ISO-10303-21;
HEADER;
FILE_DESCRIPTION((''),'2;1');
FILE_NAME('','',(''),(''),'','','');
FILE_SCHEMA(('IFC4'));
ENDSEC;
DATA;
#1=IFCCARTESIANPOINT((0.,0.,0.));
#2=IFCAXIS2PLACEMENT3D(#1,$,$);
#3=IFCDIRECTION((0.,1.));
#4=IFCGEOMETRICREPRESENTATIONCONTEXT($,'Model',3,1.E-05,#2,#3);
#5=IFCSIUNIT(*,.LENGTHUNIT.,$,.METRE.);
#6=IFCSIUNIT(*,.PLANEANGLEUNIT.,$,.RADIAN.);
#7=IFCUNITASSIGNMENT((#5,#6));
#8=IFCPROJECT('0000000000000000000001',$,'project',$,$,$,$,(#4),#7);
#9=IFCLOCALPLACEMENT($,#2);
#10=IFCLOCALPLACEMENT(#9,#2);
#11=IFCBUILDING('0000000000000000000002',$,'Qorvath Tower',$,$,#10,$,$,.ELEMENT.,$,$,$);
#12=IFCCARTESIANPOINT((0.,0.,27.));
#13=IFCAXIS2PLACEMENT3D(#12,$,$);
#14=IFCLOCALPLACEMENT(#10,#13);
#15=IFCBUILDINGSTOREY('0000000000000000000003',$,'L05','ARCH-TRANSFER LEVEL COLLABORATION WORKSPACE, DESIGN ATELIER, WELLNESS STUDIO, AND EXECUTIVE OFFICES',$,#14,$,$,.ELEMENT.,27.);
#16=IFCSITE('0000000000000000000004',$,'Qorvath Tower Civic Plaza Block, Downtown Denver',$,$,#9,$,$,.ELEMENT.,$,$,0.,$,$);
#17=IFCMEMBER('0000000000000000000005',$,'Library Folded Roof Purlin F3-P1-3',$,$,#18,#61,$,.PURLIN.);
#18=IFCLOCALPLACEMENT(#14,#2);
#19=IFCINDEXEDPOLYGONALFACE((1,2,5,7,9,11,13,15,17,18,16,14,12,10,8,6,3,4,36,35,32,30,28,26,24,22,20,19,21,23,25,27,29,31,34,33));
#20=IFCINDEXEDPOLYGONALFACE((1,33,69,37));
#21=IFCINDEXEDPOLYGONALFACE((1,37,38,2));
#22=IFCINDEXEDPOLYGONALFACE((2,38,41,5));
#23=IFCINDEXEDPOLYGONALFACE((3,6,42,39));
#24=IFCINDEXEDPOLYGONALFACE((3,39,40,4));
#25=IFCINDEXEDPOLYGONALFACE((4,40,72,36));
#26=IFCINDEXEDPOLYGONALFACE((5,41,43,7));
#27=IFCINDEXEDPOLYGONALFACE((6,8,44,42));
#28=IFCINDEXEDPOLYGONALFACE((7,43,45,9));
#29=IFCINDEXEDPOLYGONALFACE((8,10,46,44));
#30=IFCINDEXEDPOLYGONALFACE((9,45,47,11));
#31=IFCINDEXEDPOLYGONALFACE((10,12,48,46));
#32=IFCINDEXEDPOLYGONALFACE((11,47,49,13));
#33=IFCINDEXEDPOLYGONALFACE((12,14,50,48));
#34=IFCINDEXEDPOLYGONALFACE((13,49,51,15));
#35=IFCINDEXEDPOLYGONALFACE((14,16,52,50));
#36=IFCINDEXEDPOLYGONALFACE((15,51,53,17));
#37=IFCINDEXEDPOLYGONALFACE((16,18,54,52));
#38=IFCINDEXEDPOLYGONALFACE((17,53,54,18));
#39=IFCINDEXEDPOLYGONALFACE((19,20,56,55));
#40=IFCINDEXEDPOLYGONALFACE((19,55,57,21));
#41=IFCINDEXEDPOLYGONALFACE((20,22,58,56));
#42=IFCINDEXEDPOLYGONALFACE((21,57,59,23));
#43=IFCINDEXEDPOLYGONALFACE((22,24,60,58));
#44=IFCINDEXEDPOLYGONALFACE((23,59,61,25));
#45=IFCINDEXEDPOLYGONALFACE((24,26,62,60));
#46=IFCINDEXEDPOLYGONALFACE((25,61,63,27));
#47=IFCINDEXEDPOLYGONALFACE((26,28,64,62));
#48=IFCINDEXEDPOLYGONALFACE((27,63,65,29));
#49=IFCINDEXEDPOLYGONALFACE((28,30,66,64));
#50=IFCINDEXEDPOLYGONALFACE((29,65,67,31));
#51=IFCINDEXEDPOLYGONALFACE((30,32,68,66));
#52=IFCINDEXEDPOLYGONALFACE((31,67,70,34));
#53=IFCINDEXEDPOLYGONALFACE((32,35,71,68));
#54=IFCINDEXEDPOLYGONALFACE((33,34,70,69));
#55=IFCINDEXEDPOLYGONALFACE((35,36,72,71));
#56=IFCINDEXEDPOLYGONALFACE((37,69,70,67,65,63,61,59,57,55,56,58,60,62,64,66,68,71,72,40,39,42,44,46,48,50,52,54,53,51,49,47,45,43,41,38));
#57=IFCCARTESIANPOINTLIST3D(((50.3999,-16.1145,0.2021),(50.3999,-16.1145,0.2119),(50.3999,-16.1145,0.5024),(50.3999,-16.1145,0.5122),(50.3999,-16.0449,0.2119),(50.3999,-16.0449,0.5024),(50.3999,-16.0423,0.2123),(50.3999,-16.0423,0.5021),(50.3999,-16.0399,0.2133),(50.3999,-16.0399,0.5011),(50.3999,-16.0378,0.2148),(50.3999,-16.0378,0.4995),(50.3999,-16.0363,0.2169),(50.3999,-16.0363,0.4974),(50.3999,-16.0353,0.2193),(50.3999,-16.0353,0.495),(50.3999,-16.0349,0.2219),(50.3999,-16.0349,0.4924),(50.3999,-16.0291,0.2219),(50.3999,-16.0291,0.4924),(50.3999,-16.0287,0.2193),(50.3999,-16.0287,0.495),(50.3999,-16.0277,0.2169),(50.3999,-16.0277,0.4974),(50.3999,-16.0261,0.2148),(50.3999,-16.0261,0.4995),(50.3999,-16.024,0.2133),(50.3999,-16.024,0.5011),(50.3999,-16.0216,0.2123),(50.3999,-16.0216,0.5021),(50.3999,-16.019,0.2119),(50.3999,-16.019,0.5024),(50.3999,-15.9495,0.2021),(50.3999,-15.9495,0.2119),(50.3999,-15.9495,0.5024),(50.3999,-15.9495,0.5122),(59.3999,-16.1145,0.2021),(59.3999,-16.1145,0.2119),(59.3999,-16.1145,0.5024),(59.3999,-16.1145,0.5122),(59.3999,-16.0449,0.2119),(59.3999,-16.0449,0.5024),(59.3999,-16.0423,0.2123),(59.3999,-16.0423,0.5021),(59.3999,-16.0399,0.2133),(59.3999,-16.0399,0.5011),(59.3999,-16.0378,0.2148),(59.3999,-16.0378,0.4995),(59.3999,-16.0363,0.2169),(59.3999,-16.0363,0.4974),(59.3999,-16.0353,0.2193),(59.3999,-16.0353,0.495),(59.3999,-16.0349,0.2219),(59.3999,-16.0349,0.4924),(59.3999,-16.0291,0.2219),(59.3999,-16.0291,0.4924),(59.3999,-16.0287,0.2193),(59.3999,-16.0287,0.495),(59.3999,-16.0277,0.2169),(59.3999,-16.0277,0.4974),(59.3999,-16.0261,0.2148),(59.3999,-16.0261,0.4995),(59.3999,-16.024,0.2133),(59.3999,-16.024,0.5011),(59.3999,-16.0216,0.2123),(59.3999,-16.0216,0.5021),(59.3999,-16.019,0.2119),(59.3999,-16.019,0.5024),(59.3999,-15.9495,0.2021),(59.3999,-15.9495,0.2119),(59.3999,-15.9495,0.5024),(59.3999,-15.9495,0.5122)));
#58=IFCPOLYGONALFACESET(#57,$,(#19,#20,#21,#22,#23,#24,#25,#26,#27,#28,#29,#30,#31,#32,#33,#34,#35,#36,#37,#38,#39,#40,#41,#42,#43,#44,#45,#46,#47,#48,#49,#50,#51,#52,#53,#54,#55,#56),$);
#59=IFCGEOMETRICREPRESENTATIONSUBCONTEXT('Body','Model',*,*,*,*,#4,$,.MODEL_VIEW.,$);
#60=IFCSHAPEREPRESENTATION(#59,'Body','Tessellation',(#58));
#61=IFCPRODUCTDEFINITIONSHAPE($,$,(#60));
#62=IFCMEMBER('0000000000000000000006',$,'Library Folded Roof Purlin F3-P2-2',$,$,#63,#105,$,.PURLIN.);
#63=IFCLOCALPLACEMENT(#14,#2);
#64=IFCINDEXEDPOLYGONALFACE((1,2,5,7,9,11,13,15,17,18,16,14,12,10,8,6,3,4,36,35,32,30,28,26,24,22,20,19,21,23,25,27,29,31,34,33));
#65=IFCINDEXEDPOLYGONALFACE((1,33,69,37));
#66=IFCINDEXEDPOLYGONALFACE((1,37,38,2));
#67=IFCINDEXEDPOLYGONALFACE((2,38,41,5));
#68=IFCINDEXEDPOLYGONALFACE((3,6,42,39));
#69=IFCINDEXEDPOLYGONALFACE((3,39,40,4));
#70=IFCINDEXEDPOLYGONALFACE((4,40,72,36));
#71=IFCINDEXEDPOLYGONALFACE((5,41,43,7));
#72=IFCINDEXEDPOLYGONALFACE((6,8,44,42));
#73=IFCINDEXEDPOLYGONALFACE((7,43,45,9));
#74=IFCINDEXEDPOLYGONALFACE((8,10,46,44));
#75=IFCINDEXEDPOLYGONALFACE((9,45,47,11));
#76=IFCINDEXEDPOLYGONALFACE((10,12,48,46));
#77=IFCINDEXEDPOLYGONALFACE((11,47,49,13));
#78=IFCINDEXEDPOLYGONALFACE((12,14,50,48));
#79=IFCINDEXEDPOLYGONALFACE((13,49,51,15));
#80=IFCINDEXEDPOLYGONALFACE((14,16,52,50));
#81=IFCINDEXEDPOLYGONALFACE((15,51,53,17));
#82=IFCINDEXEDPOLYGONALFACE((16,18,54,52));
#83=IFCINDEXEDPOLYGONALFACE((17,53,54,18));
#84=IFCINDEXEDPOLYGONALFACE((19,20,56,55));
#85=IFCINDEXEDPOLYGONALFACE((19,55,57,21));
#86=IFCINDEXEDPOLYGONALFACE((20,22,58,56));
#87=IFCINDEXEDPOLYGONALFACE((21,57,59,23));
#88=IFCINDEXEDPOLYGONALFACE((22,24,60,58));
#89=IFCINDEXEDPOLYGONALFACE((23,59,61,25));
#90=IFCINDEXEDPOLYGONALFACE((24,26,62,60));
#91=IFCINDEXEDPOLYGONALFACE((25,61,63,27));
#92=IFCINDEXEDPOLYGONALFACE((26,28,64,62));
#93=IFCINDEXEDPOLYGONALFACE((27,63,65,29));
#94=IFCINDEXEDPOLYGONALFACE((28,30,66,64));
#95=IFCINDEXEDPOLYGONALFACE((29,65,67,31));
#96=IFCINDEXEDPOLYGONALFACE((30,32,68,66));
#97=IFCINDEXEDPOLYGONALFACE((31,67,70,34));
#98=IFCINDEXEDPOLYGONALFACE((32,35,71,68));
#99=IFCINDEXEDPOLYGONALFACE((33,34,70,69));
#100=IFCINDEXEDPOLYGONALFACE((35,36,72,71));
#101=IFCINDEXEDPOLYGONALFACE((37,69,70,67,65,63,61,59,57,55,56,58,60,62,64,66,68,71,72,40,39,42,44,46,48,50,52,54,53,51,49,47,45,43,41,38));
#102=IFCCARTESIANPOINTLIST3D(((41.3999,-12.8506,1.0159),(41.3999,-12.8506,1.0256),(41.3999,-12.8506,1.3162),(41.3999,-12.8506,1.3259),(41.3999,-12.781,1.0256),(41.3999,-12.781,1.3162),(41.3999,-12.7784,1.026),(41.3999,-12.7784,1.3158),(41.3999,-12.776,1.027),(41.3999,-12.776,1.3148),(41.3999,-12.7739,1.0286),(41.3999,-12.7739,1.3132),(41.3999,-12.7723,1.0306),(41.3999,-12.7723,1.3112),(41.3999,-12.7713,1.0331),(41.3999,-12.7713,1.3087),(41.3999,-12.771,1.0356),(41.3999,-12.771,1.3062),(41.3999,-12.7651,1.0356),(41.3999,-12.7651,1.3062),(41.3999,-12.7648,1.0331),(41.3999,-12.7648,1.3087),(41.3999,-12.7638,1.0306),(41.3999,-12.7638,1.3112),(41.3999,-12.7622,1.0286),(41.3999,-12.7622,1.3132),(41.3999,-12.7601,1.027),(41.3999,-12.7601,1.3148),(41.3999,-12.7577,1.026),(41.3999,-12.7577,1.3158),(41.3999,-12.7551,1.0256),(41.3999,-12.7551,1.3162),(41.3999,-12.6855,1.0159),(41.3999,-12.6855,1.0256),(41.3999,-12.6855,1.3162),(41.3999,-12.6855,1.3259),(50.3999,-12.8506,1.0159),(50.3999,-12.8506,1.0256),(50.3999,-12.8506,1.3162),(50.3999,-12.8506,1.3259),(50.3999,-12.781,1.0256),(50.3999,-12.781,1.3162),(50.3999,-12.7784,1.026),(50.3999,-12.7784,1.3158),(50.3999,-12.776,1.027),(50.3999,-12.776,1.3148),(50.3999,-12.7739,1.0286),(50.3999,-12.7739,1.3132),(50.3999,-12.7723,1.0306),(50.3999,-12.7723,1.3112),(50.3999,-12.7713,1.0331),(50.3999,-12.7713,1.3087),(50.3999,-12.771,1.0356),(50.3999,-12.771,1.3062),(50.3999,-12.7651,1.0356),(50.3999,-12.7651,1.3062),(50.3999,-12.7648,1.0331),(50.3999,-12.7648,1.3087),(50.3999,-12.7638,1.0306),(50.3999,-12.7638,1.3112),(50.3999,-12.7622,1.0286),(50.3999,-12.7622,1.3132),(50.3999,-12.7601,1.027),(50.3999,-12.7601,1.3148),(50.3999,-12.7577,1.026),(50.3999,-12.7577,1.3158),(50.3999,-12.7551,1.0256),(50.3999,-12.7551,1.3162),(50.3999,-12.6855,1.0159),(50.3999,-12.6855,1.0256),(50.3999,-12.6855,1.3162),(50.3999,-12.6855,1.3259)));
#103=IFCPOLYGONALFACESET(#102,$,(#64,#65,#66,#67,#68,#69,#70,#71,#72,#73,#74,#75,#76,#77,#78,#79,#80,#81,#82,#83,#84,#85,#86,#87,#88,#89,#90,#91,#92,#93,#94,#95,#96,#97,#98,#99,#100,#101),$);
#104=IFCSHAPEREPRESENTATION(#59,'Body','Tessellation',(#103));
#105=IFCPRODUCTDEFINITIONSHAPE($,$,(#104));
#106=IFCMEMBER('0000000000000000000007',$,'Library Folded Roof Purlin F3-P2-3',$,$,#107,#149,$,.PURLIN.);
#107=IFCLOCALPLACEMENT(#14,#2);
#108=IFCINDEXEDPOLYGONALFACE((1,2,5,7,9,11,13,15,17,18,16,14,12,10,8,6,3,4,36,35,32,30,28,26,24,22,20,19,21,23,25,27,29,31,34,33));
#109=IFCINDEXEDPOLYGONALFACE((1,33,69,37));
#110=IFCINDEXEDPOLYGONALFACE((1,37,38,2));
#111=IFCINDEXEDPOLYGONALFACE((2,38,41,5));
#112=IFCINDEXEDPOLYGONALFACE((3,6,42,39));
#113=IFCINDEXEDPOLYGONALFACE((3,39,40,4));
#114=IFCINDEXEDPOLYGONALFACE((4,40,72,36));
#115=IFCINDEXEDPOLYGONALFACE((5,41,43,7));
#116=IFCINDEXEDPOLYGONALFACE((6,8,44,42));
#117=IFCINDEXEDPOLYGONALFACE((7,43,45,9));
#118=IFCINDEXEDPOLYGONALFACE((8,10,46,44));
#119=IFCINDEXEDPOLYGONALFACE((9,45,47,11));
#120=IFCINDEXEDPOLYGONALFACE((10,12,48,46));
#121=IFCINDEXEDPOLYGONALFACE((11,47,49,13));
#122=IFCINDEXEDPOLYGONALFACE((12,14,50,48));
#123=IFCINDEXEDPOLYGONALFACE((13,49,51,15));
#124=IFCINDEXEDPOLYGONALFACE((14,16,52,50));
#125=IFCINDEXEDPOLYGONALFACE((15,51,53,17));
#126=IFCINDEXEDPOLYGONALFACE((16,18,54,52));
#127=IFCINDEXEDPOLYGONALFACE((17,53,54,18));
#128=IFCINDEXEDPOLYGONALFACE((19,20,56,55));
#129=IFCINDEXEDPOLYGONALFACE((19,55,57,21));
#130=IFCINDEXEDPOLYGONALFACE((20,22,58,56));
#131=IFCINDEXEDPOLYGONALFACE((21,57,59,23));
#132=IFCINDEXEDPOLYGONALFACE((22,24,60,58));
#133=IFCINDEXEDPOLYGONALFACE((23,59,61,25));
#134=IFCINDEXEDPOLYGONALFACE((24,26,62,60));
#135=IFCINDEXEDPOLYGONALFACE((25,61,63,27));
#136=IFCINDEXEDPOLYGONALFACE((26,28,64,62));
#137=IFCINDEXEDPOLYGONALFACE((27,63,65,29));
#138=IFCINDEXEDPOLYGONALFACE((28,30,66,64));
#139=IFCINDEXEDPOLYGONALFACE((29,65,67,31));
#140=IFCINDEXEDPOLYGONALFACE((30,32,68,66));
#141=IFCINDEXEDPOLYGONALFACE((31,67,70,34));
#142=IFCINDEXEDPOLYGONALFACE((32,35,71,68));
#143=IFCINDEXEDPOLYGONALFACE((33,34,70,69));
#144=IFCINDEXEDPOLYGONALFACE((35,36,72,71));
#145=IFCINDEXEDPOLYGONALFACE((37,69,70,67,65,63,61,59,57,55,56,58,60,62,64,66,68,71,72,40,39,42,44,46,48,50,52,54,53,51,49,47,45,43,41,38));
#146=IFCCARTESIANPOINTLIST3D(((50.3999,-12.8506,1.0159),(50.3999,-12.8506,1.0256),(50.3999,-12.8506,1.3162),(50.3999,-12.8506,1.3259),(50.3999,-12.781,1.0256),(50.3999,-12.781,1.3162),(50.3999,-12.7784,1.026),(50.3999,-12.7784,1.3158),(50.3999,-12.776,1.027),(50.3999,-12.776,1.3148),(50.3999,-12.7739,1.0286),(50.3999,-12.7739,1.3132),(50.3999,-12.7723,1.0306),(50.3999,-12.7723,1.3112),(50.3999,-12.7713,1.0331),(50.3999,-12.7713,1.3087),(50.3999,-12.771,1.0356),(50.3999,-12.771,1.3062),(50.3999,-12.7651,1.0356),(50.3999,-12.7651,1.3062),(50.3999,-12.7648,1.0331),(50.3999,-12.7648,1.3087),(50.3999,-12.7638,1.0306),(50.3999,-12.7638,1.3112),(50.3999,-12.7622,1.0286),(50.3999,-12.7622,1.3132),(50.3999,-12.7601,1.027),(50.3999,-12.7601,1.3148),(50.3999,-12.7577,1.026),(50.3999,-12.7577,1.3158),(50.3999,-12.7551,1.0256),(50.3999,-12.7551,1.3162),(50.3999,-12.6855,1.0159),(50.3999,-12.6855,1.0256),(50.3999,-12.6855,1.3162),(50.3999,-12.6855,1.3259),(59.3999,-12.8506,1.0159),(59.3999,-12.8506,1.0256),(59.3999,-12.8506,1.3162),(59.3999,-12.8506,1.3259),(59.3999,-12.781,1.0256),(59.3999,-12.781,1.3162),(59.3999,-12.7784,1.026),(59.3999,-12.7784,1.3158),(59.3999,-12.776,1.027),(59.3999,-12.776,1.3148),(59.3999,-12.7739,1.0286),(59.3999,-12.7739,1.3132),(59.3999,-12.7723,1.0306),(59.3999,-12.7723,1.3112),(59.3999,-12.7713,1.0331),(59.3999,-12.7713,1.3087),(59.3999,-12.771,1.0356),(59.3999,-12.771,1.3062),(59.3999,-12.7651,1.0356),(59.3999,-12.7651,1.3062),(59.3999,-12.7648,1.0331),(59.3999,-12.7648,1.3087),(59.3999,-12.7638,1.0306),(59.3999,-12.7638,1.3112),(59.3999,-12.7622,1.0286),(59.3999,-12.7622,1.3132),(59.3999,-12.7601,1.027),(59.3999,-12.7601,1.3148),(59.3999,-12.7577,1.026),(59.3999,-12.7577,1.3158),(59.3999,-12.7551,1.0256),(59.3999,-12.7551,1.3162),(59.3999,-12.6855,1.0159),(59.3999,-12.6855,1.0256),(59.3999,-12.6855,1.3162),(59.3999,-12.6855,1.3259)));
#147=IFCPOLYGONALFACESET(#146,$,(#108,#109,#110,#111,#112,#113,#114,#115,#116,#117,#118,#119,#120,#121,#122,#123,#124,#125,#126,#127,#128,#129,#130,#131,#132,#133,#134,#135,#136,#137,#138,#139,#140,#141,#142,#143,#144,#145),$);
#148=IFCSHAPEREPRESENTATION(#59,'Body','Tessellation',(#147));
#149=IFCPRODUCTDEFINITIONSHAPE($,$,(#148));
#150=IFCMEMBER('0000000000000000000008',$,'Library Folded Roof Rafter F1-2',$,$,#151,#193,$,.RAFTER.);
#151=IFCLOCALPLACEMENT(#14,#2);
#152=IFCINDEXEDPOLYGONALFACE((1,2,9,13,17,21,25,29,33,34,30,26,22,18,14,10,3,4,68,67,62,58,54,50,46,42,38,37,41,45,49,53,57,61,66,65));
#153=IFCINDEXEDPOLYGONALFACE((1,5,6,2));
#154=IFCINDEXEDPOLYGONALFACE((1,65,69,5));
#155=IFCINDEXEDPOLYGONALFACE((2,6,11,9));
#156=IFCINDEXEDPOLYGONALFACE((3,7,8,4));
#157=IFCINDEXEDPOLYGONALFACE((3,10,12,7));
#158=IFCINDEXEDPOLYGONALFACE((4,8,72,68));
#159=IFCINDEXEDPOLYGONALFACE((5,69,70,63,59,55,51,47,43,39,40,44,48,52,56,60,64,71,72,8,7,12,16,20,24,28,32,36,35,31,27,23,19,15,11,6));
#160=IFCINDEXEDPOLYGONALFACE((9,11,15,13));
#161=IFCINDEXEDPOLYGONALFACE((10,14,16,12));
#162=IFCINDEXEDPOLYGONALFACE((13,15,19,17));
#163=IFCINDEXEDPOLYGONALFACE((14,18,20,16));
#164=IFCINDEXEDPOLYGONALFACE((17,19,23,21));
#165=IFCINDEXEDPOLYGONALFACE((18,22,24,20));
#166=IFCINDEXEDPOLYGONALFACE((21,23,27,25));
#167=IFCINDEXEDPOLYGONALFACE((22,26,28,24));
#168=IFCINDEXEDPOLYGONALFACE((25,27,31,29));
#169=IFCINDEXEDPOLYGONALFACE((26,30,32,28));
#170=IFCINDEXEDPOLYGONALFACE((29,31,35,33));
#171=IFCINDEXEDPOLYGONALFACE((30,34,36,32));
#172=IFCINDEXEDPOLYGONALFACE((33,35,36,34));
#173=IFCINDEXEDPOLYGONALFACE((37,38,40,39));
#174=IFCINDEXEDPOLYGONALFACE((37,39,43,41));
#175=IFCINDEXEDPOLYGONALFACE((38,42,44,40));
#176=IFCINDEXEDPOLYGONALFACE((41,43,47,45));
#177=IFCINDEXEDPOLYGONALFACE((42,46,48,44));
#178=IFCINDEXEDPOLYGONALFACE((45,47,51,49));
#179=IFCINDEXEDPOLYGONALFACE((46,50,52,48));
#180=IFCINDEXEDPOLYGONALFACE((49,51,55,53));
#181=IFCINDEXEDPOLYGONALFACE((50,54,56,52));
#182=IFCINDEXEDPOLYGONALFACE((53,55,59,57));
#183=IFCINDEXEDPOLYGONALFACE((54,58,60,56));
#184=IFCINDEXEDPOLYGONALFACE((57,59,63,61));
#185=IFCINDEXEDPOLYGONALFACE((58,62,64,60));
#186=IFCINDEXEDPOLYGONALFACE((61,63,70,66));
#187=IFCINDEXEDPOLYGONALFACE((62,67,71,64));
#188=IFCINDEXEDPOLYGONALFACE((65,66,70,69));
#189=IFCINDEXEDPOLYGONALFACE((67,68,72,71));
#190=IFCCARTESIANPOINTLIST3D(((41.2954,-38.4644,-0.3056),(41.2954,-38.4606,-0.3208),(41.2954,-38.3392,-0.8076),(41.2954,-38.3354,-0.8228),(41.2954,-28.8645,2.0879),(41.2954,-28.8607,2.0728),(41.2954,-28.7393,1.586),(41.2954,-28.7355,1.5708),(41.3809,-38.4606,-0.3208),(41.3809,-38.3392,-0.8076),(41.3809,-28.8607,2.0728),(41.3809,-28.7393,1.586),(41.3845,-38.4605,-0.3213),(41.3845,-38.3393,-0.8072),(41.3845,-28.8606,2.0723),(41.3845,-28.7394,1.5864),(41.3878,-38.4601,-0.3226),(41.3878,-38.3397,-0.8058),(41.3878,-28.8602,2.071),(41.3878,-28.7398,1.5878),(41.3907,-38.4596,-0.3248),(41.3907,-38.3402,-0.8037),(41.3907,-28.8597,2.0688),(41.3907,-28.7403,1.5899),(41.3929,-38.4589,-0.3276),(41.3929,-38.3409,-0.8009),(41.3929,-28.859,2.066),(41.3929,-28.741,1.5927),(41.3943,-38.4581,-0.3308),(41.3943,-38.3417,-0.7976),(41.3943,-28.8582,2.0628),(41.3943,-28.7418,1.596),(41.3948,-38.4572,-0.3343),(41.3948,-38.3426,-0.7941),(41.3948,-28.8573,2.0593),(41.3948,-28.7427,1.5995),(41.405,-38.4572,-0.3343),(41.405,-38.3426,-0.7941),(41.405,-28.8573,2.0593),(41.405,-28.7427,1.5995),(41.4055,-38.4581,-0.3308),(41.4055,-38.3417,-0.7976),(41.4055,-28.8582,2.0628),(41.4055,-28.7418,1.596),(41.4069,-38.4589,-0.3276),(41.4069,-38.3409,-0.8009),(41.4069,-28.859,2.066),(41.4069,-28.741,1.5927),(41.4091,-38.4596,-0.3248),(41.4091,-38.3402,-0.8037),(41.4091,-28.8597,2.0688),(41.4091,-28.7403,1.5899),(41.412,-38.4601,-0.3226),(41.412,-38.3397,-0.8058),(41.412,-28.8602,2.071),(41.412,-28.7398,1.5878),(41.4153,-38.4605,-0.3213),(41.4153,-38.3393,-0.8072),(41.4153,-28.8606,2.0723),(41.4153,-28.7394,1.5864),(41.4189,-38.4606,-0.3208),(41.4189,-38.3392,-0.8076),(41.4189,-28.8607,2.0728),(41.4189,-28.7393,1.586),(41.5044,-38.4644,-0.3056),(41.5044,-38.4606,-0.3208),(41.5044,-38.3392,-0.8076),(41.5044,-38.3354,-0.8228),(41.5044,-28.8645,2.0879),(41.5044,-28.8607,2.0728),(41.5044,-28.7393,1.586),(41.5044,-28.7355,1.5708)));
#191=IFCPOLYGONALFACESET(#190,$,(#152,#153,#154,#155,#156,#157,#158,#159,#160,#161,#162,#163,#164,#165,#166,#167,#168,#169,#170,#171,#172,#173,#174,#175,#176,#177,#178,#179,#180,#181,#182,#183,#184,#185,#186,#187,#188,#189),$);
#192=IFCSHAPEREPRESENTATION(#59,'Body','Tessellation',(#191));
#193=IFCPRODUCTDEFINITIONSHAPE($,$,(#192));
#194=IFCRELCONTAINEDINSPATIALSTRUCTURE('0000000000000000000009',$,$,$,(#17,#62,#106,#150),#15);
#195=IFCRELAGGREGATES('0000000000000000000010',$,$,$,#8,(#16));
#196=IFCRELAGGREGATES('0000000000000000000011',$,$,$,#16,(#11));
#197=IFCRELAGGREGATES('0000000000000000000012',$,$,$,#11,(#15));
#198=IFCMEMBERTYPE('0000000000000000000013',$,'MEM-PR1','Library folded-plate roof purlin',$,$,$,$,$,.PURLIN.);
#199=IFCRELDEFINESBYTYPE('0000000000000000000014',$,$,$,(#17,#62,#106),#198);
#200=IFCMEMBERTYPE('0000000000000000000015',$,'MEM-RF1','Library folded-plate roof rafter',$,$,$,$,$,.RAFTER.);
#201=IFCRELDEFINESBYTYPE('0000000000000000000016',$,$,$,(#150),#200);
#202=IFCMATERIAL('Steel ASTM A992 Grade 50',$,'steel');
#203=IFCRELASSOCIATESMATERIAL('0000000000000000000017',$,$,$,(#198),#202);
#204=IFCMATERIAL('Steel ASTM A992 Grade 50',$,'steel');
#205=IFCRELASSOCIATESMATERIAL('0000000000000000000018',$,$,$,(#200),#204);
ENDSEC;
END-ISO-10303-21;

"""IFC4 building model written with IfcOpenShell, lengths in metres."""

from ifc_helpers import new_model, si_unit, direction, frame, origin, origin_2d, place, context, subcontext, project, spatial, i_section, extrude, material, material_profile, profile_set, type_object, element, save


model = new_model("IFC4")

# Units and contexts
model_context = context("Model", 3, precision=1e-05, world=origin(), true_north=direction((0.0, 1.0)))
body_context = subcontext(model_context, "Body", "Model", "MODEL_VIEW")
ifc_project = project(units=[si_unit("LENGTHUNIT", "METRE"), si_unit("PLANEANGLEUNIT", "RADIAN")], contexts=[model_context])

# Site, building, storey
site_placement = place(None, origin())
site = spatial("IfcSite", under=ifc_project, at=site_placement, Name="Qorvath Tower Civic Plaza Block, Downtown Denver", CompositionType="ELEMENT", RefElevation=0.0)
building_placement = place(site_placement, origin())
building = spatial("IfcBuilding", under=site, at=building_placement, Name="Qorvath Tower", CompositionType="ELEMENT")
storey_placement = place(building_placement, frame((0.0, 0.0, 27.0)))
storey = spatial("IfcBuildingStorey", under=building, at=storey_placement, Name="L05", Description="ARCH-TRANSFER LEVEL COLLABORATION WORKSPACE, DESIGN ATELIER, WELLNESS STUDIO, AND EXECUTIVE OFFICES", CompositionType="ELEMENT", Elevation=27.0)

# Members
ifc_material_1 = material(Name="Steel ASTM A992 Grade 50", Category="steel")
ifc_material_profile_1 = material_profile(ifc_material_1, i_section(OverallWidth=0.165, OverallDepth=0.3101, WebThickness=0.0059, FlangeThickness=0.0098, FilletRadius=0.01, at=origin_2d()), Name="W12x26")
ifc_profile_set_1 = profile_set([ifc_material_profile_1], Name="Steel ASTM A992 Grade 50")
member_type_1 = type_object("IfcMemberType", Name="MEM-PR1", Description="Library folded-plate roof purlin", PredefinedType="PURLIN", material=ifc_profile_set_1)
for number, where, z_axis, x_axis, name in (
    (1, (50.3999, -16.032, 0.3572), (1.0, 0.0, 0.0), (0.0, 1.0, 0.0), "Library Folded Roof Purlin F3-P1-3"),
    (2, (41.3999, -12.7681, 1.1709), (1.0, 0.0, 0.0), (0.0, 1.0, 0.0), "Library Folded Roof Purlin F3-P2-2"),
    (3, (50.3999, -12.7681, 1.1709), (1.0, 0.0, 0.0), (0.0, 1.0, 0.0), "Library Folded Roof Purlin F3-P2-3"),
):
    element("IfcMember", number, at=place(storey_placement, frame(where, z_axis=z_axis, x_axis=x_axis)), inside=storey, type_object=member_type_1, Name=name, PredefinedType="PURLIN", context=body_context, shape_type="SweptSolid", body=[
        extrude(i_section(OverallWidth=0.165, OverallDepth=0.3101, WebThickness=0.0059, FlangeThickness=0.0098, FilletRadius=0.01, at=origin_2d()), origin(), (0.0, 0.0, 1.0), 9.0),
    ])
ifc_material_2 = material(Name="Steel ASTM A992 Grade 50", Category="steel")
ifc_material_profile_2 = material_profile(ifc_material_2, i_section(OverallWidth=0.209, OverallDepth=0.533, WebThickness=0.0103, FlangeThickness=0.0156, FilletRadius=0.0139, at=origin_2d()), Name="W21x62")
ifc_profile_set_2 = profile_set([ifc_material_profile_2], Name="Steel ASTM A992 Grade 50")
member_type_2 = type_object("IfcMemberType", Name="MEM-RF1", Description="Library folded-plate roof rafter", PredefinedType="RAFTER", material=ifc_profile_set_2)
for number, where, z_axis, x_axis, name in (
    (4, (41.3999, -38.3999, -0.5642), (0.0, 0.970295, 0.241926), (-1.0, 0.0, 0.0), "Library Folded Roof Rafter F1-2"),
):
    element("IfcMember", number, at=place(storey_placement, frame(where, z_axis=z_axis, x_axis=x_axis)), inside=storey, type_object=member_type_2, Name=name, PredefinedType="RAFTER", context=body_context, shape_type="SweptSolid", body=[
        extrude(i_section(OverallWidth=0.209, OverallDepth=0.533, WebThickness=0.0103, FlangeThickness=0.0156, FilletRadius=0.0139, at=origin_2d()), origin(), (0.0, 0.0, 1.0), 9.8938),
    ])

save(model, "model.ifc")
